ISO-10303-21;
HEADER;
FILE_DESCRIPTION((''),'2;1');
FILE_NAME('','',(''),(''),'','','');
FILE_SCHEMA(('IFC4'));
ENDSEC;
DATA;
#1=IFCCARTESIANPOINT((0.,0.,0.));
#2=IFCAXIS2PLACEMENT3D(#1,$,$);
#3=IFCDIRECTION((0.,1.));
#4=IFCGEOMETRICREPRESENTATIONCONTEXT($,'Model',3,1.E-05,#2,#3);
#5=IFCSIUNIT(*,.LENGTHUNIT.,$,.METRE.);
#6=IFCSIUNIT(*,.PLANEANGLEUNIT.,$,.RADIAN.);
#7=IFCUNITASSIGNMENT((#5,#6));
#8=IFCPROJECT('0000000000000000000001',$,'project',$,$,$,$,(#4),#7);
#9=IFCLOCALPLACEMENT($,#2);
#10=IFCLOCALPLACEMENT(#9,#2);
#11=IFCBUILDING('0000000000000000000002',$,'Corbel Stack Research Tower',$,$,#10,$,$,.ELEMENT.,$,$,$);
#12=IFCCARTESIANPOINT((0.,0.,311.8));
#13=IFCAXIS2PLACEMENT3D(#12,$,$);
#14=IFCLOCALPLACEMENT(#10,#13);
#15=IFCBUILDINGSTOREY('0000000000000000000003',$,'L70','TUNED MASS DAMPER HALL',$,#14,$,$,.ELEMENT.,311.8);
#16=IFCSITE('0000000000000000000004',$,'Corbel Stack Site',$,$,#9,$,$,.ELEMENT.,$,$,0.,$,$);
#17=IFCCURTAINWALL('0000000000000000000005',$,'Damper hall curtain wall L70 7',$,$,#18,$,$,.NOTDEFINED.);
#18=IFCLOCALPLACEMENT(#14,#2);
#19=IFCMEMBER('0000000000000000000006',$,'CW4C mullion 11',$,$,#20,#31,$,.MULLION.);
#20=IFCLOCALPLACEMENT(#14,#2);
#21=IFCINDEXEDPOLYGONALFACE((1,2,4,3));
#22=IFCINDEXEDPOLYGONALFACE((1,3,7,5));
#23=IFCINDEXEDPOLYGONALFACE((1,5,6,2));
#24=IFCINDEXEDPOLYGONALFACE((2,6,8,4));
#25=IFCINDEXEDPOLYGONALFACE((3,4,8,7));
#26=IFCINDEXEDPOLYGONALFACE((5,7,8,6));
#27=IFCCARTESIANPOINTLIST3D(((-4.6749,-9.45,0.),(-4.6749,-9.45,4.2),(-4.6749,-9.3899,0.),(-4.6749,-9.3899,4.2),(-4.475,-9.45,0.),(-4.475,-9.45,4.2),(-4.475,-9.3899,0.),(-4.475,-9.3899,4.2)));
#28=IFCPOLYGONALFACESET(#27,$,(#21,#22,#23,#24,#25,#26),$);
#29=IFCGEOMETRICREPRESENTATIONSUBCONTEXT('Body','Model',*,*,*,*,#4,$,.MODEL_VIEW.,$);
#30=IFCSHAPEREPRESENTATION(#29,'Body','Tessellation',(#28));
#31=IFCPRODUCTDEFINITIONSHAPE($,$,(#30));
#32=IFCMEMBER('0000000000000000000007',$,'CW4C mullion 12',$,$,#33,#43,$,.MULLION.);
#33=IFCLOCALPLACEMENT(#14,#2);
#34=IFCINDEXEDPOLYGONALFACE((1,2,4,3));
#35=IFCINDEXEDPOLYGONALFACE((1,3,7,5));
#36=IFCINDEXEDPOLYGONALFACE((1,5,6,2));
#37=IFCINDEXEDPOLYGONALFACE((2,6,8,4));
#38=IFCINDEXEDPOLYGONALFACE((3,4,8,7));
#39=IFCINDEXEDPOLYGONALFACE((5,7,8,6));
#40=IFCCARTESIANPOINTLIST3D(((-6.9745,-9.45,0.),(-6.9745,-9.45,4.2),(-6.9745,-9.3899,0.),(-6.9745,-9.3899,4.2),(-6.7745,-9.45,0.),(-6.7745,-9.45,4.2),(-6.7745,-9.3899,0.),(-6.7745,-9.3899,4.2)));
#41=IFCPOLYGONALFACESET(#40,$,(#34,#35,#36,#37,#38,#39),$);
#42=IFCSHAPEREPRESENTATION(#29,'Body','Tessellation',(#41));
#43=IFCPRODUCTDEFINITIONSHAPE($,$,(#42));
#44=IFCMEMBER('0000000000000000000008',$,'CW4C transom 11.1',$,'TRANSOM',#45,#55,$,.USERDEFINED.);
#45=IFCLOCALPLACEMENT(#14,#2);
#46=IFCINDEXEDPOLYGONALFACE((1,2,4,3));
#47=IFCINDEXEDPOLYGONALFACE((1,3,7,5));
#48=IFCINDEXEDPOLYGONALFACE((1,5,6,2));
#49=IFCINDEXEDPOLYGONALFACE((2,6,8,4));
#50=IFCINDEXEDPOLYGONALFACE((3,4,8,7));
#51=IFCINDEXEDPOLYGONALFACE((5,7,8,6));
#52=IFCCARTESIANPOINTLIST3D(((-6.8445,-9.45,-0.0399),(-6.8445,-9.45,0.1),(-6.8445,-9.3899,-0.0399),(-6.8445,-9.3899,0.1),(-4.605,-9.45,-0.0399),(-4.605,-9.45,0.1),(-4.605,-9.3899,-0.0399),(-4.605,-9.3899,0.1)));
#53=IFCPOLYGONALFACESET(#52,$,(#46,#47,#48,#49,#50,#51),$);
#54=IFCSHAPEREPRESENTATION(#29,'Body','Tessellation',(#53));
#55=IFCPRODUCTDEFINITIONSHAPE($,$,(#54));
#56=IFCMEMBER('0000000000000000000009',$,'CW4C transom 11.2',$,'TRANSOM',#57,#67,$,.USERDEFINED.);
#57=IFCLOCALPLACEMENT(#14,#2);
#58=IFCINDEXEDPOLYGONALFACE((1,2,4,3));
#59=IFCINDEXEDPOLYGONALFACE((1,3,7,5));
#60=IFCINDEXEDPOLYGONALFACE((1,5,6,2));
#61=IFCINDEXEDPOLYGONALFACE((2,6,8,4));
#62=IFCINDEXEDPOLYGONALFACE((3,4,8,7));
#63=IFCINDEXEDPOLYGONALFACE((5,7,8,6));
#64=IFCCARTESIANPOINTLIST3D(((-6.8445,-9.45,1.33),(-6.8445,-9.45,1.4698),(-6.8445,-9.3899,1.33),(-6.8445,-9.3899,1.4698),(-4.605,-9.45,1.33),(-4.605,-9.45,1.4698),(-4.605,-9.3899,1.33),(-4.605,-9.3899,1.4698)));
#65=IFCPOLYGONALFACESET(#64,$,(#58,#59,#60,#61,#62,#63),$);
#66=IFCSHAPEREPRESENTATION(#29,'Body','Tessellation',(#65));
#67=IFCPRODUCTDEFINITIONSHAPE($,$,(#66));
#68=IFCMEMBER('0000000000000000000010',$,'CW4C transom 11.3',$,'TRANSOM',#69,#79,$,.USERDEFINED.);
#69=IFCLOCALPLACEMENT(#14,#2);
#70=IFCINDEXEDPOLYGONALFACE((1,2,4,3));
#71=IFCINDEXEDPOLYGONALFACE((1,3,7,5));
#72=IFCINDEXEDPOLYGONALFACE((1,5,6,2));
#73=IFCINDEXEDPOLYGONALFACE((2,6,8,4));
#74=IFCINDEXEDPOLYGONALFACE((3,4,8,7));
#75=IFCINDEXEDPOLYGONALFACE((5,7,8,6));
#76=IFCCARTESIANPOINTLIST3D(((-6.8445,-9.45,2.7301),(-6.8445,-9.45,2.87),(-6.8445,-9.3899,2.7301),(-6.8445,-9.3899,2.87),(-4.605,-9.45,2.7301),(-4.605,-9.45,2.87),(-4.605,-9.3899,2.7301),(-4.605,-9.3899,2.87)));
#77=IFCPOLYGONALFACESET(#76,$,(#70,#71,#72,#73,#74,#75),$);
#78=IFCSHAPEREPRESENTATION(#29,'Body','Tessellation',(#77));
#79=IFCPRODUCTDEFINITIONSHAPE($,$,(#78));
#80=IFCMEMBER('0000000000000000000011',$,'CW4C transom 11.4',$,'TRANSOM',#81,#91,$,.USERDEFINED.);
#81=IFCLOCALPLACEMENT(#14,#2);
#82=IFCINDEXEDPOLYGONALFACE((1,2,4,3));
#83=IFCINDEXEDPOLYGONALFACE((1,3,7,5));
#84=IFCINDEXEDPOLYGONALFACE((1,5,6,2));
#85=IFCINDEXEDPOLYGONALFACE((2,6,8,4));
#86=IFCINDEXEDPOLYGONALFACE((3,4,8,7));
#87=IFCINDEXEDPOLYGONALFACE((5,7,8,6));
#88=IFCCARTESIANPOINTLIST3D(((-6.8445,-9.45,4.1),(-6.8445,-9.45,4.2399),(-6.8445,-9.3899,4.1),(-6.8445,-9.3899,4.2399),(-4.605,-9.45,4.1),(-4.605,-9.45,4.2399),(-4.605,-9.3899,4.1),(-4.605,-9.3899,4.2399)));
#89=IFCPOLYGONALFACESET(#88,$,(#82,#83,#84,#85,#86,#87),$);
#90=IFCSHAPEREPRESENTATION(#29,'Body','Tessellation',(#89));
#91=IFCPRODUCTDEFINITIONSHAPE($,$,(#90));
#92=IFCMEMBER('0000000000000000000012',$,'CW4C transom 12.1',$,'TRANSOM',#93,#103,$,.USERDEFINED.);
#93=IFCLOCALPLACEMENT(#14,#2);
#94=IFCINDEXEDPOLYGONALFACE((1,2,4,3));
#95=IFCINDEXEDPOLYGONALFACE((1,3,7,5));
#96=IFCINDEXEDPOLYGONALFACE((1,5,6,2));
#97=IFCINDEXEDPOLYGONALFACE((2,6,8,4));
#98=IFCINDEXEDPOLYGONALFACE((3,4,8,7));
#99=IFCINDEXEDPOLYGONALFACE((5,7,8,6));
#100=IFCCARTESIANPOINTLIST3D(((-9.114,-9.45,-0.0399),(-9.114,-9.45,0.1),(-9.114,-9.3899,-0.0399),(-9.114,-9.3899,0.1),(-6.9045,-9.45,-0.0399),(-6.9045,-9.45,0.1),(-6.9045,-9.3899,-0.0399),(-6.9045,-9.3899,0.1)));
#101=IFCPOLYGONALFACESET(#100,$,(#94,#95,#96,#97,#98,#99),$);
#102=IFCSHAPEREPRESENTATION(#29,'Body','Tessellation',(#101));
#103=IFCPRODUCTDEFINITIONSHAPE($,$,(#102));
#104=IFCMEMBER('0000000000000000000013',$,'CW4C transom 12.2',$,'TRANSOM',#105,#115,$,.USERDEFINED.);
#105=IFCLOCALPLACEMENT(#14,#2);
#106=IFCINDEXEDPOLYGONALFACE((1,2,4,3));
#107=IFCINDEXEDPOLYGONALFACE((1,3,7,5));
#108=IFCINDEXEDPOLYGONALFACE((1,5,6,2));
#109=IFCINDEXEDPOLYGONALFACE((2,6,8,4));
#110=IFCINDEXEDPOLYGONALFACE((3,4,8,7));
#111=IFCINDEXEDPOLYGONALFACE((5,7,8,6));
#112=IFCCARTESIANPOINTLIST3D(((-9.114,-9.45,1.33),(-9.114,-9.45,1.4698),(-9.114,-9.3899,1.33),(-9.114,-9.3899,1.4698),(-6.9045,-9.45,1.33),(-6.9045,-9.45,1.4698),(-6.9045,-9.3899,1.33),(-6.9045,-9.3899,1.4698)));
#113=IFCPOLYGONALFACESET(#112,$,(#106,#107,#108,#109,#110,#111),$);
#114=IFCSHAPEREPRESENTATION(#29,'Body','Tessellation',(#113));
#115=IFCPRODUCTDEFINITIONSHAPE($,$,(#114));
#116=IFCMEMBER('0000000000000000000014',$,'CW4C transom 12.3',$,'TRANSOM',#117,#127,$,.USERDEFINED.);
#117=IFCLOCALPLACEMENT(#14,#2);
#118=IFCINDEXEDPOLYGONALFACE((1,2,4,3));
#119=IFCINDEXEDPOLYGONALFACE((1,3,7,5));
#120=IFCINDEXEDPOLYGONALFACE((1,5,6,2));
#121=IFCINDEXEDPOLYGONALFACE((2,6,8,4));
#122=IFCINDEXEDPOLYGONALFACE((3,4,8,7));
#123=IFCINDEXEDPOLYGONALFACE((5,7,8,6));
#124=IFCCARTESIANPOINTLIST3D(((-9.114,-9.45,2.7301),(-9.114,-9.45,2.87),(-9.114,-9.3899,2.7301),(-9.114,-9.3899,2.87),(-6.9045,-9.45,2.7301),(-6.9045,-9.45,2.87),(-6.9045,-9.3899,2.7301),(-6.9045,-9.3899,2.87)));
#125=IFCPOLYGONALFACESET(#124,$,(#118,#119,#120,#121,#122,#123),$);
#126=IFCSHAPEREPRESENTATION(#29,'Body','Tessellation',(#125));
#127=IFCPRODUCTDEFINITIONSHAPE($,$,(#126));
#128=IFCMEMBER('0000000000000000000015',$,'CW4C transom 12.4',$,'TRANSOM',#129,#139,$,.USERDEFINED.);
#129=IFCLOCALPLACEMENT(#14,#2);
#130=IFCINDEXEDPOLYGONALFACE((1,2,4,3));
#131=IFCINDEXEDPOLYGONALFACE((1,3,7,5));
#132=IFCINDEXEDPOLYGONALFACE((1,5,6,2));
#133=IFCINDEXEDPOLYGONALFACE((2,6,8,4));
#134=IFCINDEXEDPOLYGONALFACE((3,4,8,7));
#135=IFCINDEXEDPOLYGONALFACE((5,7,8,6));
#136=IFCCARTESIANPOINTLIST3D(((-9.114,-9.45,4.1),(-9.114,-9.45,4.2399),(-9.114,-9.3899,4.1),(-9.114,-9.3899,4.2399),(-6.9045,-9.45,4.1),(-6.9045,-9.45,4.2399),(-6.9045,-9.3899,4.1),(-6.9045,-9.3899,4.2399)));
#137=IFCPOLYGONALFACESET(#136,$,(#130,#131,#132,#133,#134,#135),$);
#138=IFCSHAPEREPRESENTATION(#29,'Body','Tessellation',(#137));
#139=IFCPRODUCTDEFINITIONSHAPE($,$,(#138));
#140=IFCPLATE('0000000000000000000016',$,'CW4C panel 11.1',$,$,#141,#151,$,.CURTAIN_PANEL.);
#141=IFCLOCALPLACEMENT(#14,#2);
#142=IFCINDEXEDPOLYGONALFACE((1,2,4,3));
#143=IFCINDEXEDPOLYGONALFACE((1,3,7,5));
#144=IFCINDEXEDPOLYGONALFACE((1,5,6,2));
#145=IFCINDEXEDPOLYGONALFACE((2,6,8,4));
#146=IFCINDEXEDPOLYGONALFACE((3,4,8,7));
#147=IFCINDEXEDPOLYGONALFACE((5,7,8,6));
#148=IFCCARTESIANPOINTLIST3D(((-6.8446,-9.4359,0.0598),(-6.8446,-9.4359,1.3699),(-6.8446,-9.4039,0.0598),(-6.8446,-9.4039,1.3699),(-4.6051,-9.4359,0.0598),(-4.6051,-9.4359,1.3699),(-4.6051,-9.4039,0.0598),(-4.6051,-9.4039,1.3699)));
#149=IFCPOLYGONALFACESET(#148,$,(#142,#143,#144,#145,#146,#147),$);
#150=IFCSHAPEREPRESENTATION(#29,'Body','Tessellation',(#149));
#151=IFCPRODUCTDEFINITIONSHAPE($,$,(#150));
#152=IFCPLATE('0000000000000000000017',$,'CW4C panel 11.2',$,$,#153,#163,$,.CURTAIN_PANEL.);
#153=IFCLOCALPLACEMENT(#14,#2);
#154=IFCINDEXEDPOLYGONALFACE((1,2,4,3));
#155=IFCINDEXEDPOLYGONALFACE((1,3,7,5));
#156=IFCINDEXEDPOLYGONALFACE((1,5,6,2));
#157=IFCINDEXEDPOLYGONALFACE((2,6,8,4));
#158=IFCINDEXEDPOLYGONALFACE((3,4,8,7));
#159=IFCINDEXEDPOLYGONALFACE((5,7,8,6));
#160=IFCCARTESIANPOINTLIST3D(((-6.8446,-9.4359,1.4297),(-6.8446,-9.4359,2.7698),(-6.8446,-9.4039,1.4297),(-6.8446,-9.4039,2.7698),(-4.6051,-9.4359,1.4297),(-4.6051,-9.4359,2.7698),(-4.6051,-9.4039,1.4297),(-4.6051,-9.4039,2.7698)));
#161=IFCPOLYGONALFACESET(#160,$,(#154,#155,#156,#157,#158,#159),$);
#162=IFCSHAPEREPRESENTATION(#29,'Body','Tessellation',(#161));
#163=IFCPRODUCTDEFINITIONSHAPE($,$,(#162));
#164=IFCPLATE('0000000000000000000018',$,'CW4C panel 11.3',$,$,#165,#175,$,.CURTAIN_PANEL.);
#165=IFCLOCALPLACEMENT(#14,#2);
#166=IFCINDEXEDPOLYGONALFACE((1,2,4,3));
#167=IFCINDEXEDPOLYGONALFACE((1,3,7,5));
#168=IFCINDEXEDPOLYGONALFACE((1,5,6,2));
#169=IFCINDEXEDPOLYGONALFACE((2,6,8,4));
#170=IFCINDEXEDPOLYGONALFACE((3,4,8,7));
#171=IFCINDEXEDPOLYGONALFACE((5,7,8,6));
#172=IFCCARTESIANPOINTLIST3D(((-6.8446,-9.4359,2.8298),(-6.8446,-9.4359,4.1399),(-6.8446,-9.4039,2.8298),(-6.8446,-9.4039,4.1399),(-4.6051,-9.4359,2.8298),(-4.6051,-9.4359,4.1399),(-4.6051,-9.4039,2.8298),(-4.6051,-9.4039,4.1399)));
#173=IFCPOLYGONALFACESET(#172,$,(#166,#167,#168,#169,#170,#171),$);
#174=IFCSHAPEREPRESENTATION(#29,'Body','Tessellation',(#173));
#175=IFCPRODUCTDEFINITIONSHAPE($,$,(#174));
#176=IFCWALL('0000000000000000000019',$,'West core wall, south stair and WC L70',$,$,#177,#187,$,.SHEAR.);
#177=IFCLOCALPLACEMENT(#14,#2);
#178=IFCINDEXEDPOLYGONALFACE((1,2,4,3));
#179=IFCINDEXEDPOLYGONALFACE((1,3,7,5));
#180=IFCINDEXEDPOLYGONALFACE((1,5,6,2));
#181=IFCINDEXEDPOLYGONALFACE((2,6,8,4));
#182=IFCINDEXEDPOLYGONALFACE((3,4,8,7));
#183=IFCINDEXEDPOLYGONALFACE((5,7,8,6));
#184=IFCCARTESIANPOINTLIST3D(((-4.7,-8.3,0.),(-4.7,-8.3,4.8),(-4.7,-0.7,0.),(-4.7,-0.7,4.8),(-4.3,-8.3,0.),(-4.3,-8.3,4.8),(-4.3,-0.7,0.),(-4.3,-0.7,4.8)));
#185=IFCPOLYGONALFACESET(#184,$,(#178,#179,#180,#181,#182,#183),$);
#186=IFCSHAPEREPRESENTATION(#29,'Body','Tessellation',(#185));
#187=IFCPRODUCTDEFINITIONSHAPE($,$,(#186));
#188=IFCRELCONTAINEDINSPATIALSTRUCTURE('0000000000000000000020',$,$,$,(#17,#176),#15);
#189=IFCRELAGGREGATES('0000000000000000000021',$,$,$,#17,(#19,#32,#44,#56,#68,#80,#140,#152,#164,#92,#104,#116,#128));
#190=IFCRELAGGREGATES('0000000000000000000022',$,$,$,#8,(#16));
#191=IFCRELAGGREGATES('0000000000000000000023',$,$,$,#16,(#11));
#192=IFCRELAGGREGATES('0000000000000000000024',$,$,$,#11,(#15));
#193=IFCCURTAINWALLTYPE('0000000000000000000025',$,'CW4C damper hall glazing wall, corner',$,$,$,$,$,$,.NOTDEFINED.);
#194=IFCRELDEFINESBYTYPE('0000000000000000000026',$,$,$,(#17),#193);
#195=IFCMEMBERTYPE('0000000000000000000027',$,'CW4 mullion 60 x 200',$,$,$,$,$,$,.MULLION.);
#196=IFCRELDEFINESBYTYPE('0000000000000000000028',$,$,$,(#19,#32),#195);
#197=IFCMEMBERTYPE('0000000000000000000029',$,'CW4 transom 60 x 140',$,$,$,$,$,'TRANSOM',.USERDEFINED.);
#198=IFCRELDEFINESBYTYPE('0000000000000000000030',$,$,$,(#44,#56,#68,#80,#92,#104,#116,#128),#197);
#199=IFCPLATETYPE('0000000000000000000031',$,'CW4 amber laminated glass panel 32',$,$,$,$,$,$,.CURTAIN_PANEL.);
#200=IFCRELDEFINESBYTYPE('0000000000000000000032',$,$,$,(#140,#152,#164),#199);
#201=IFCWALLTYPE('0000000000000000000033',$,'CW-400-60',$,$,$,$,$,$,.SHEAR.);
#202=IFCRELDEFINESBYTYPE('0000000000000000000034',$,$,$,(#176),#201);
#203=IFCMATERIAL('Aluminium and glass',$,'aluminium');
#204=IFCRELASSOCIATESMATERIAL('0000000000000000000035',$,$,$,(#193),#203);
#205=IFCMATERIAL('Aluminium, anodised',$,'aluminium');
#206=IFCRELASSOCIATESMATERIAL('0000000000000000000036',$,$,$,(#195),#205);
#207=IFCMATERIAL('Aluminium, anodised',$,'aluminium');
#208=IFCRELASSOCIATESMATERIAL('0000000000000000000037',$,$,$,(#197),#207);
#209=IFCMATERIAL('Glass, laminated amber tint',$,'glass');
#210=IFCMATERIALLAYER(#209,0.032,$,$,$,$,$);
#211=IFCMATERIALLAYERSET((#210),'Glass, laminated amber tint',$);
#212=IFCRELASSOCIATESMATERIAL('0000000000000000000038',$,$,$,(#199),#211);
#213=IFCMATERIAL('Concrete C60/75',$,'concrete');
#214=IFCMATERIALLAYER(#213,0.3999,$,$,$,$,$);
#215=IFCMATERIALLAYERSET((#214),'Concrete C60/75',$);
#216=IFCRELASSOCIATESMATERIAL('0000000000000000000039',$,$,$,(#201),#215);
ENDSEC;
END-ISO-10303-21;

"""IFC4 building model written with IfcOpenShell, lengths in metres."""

from ifc_helpers import new_model, si_unit, direction, frame, frame_2d, origin, origin_2d, place, context, subcontext, project, spatial, rectangle, extrude, material, layer, layer_set, material_profile, profile_set, type_object, element, aggregate, save


model = new_model("IFC4")

# Units and contexts
model_context = context("Model", 3, precision=1e-05, world=origin(), true_north=direction((0.0, 1.0)))
body_context = subcontext(model_context, "Body", "Model", "MODEL_VIEW")
ifc_project = project(units=[si_unit("LENGTHUNIT", "METRE"), si_unit("PLANEANGLEUNIT", "RADIAN")], contexts=[model_context])

# Site, building, storey
site_placement = place(None, origin())
site = spatial("IfcSite", under=ifc_project, at=site_placement, Name="Corbel Stack Site", CompositionType="ELEMENT", RefElevation=0.0)
building_placement = place(site_placement, origin())
building = spatial("IfcBuilding", under=site, at=building_placement, Name="Corbel Stack Research Tower", CompositionType="ELEMENT")
storey_placement = place(building_placement, frame((0.0, 0.0, 311.8)))
storey = spatial("IfcBuildingStorey", under=building, at=storey_placement, Name="L70", Description="TUNED MASS DAMPER HALL", CompositionType="ELEMENT", Elevation=311.8)

# Curtain wall, members, plates
ifc_material_1 = material(Name="Aluminium and glass", Category="aluminium")
curtain_wall_type = type_object("IfcCurtainWallType", Name="CW4C damper hall glazing wall, corner", PredefinedType="NOTDEFINED", material=ifc_material_1)
curtain_wall_placement = place(storey_placement, origin())
curtain_wall = element("IfcCurtainWall", 1, at=curtain_wall_placement, inside=storey, type_object=curtain_wall_type, Name="Damper hall curtain wall L70 7", PredefinedType="NOTDEFINED")
ifc_material_2 = material(Name="Aluminium, anodised", Category="aluminium")
ifc_material_profile_1 = material_profile(ifc_material_2, rectangle(XDim=0.0601, YDim=0.2, at=origin_2d()), Name="CW4 mullion 60 x 200")
ifc_profile_set_1 = profile_set([ifc_material_profile_1], Name="Aluminium, anodised")
member_type_1 = type_object("IfcMemberType", Name="CW4 mullion 60 x 200", PredefinedType="MULLION", material=ifc_profile_set_1)
member_1_placement = place(storey_placement, frame((-4.575, -9.4199, 0.0), z_axis=(0.0, 0.0, 1.0), x_axis=(0.0, -1.0, 0.0)))
member_1 = element("IfcMember", 2, at=member_1_placement, type_object=member_type_1, Name="CW4C mullion 11", PredefinedType="MULLION", context=body_context, shape_type="SweptSolid", body=[
    extrude(rectangle(XDim=0.0601, YDim=0.2, at=origin_2d()), origin(), (0.0, 0.0, 1.0), 4.2),
])
member_2_placement = place(storey_placement, frame((-6.8745, -9.4199, 0.0), z_axis=(0.0, 0.0, 1.0), x_axis=(0.0, -1.0, 0.0)))
member_2 = element("IfcMember", 3, at=member_2_placement, type_object=member_type_1, Name="CW4C mullion 12", PredefinedType="MULLION", context=body_context, shape_type="SweptSolid", body=[
    extrude(rectangle(XDim=0.0601, YDim=0.2, at=origin_2d()), origin(), (0.0, 0.0, 1.0), 4.2),
])
ifc_material_3 = material(Name="Aluminium, anodised", Category="aluminium")
ifc_material_profile_2 = material_profile(ifc_material_3, rectangle(XDim=0.0601, YDim=0.1399, at=origin_2d()), Name="CW4 transom 60 x 140")
ifc_profile_set_2 = profile_set([ifc_material_profile_2], Name="Aluminium, anodised")
member_type_2 = type_object("IfcMemberType", Name="CW4 transom 60 x 140", ElementType="TRANSOM", PredefinedType="USERDEFINED", material=ifc_profile_set_2)
member_3_placement = place(storey_placement, frame((-4.605, -9.4199, 0.03), z_axis=(-1.0, 0.0, 0.0), x_axis=(0.0, -1.0, 0.0)))
member_3 = element("IfcMember", 4, at=member_3_placement, type_object=member_type_2, Name="CW4C transom 11.1", ObjectType="TRANSOM", PredefinedType="USERDEFINED", context=body_context, shape_type="SweptSolid", body=[
    extrude(rectangle(XDim=0.0601, YDim=0.1399, at=origin_2d()), origin(), (0.0, 0.0, 1.0), 2.2395),
])
member_4_placement = place(storey_placement, frame((-4.605, -9.4199, 1.3999), z_axis=(-1.0, 0.0, 0.0), x_axis=(0.0, -1.0, 0.0)))
member_4 = element("IfcMember", 5, at=member_4_placement, type_object=member_type_2, Name="CW4C transom 11.2", ObjectType="TRANSOM", PredefinedType="USERDEFINED", context=body_context, shape_type="SweptSolid", body=[
    extrude(rectangle(XDim=0.0601, YDim=0.1399, at=origin_2d()), origin(), (0.0, 0.0, 1.0), 2.2395),
])
member_5_placement = place(storey_placement, frame((-4.605, -9.4199, 2.8), z_axis=(-1.0, 0.0, 0.0), x_axis=(0.0, -1.0, 0.0)))
member_5 = element("IfcMember", 6, at=member_5_placement, type_object=member_type_2, Name="CW4C transom 11.3", ObjectType="TRANSOM", PredefinedType="USERDEFINED", context=body_context, shape_type="SweptSolid", body=[
    extrude(rectangle(XDim=0.0601, YDim=0.1399, at=origin_2d()), origin(), (0.0, 0.0, 1.0), 2.2395),
])
member_6_placement = place(storey_placement, frame((-4.605, -9.4199, 4.1699), z_axis=(-1.0, 0.0, 0.0), x_axis=(0.0, -1.0, 0.0)))
member_6 = element("IfcMember", 7, at=member_6_placement, type_object=member_type_2, Name="CW4C transom 11.4", ObjectType="TRANSOM", PredefinedType="USERDEFINED", context=body_context, shape_type="SweptSolid", body=[
    extrude(rectangle(XDim=0.0601, YDim=0.1399, at=origin_2d()), origin(), (0.0, 0.0, 1.0), 2.2395),
])
member_7_placement = place(storey_placement, frame((-6.9045, -9.4199, 0.03), z_axis=(-1.0, 0.0, 0.0), x_axis=(0.0, -1.0, 0.0)))
member_7 = element("IfcMember", 8, at=member_7_placement, type_object=member_type_2, Name="CW4C transom 12.1", ObjectType="TRANSOM", PredefinedType="USERDEFINED", context=body_context, shape_type="SweptSolid", body=[
    extrude(rectangle(XDim=0.0601, YDim=0.1399, at=origin_2d()), origin(), (0.0, 0.0, 1.0), 2.2095),
])
member_8_placement = place(storey_placement, frame((-6.9045, -9.4199, 1.3999), z_axis=(-1.0, 0.0, 0.0), x_axis=(0.0, -1.0, 0.0)))
member_8 = element("IfcMember", 9, at=member_8_placement, type_object=member_type_2, Name="CW4C transom 12.2", ObjectType="TRANSOM", PredefinedType="USERDEFINED", context=body_context, shape_type="SweptSolid", body=[
    extrude(rectangle(XDim=0.0601, YDim=0.1399, at=origin_2d()), origin(), (0.0, 0.0, 1.0), 2.2095),
])
member_9_placement = place(storey_placement, frame((-6.9045, -9.4199, 2.8), z_axis=(-1.0, 0.0, 0.0), x_axis=(0.0, -1.0, 0.0)))
member_9 = element("IfcMember", 10, at=member_9_placement, type_object=member_type_2, Name="CW4C transom 12.3", ObjectType="TRANSOM", PredefinedType="USERDEFINED", context=body_context, shape_type="SweptSolid", body=[
    extrude(rectangle(XDim=0.0601, YDim=0.1399, at=origin_2d()), origin(), (0.0, 0.0, 1.0), 2.2095),
])
member_10_placement = place(storey_placement, frame((-6.9045, -9.4199, 4.1699), z_axis=(-1.0, 0.0, 0.0), x_axis=(0.0, -1.0, 0.0)))
member_10 = element("IfcMember", 11, at=member_10_placement, type_object=member_type_2, Name="CW4C transom 12.4", ObjectType="TRANSOM", PredefinedType="USERDEFINED", context=body_context, shape_type="SweptSolid", body=[
    extrude(rectangle(XDim=0.0601, YDim=0.1399, at=origin_2d()), origin(), (0.0, 0.0, 1.0), 2.2095),
])
ifc_material_4 = material(Name="Glass, laminated amber tint", Category="glass")
ifc_layer_1 = layer(ifc_material_4, 0.032)
ifc_layer_set_1 = layer_set([ifc_layer_1], Name="Glass, laminated amber tint")
plate_type = type_object("IfcPlateType", Name="CW4 amber laminated glass panel 32", PredefinedType="CURTAIN_PANEL", material=ifc_layer_set_1)
plate_1_placement = place(storey_placement, frame((-5.7249, -9.4199, 0.0598), z_axis=(0.0, 0.0, 1.0), x_axis=(-1.0, 0.0, 0.0)))
plate_1 = element("IfcPlate", 12, at=plate_1_placement, type_object=plate_type, Name="CW4C panel 11.1", PredefinedType="CURTAIN_PANEL", context=body_context, shape_type="SweptSolid", body=[
    extrude(rectangle(XDim=2.2395, YDim=0.032, at=origin_2d()), origin(), (0.0, 0.0, 1.0), 1.3101),
])
plate_2_placement = place(storey_placement, frame((-5.7249, -9.4199, 1.4297), z_axis=(0.0, 0.0, 1.0), x_axis=(-1.0, 0.0, 0.0)))
plate_2 = element("IfcPlate", 13, at=plate_2_placement, type_object=plate_type, Name="CW4C panel 11.2", PredefinedType="CURTAIN_PANEL", context=body_context, shape_type="SweptSolid", body=[
    extrude(rectangle(XDim=2.2395, YDim=0.032, at=origin_2d()), origin(), (0.0, 0.0, 1.0), 1.3401),
])
plate_3_placement = place(storey_placement, frame((-5.7249, -9.4199, 2.8298), z_axis=(0.0, 0.0, 1.0), x_axis=(-1.0, 0.0, 0.0)))
plate_3 = element("IfcPlate", 14, at=plate_3_placement, type_object=plate_type, Name="CW4C panel 11.3", PredefinedType="CURTAIN_PANEL", context=body_context, shape_type="SweptSolid", body=[
    extrude(rectangle(XDim=2.2395, YDim=0.032, at=origin_2d()), origin(), (0.0, 0.0, 1.0), 1.3101),
])
aggregate(curtain_wall, [member_1, member_2, member_3, member_4, member_5, member_6, plate_1, plate_2, plate_3, member_7, member_8, member_9, member_10])

# Wall
ifc_material_5 = material(Name="Concrete C60/75", Category="concrete")
ifc_layer_2 = layer(ifc_material_5, 0.3999)
ifc_layer_set_2 = layer_set([ifc_layer_2], Name="Concrete C60/75")
wall_type = type_object("IfcWallType", Name="CW-400-60", PredefinedType="SHEAR", material=ifc_layer_set_2)
wall_placement = place(storey_placement, frame((-4.5, -8.3, 0.0), z_axis=(0.0, 0.0, 1.0), x_axis=(0.0, 1.0, 0.0)))
element("IfcWall", 15, at=wall_placement, inside=storey, type_object=wall_type, Name="West core wall, south stair and WC L70", PredefinedType="SHEAR", context=body_context, shape_type="SweptSolid", body=[
    extrude(rectangle(XDim=7.6001, YDim=0.3999, at=frame_2d((3.8, 0.0))), origin(), (0.0, 0.0, 1.0), 4.8),
])

save(model, "model.ifc")
